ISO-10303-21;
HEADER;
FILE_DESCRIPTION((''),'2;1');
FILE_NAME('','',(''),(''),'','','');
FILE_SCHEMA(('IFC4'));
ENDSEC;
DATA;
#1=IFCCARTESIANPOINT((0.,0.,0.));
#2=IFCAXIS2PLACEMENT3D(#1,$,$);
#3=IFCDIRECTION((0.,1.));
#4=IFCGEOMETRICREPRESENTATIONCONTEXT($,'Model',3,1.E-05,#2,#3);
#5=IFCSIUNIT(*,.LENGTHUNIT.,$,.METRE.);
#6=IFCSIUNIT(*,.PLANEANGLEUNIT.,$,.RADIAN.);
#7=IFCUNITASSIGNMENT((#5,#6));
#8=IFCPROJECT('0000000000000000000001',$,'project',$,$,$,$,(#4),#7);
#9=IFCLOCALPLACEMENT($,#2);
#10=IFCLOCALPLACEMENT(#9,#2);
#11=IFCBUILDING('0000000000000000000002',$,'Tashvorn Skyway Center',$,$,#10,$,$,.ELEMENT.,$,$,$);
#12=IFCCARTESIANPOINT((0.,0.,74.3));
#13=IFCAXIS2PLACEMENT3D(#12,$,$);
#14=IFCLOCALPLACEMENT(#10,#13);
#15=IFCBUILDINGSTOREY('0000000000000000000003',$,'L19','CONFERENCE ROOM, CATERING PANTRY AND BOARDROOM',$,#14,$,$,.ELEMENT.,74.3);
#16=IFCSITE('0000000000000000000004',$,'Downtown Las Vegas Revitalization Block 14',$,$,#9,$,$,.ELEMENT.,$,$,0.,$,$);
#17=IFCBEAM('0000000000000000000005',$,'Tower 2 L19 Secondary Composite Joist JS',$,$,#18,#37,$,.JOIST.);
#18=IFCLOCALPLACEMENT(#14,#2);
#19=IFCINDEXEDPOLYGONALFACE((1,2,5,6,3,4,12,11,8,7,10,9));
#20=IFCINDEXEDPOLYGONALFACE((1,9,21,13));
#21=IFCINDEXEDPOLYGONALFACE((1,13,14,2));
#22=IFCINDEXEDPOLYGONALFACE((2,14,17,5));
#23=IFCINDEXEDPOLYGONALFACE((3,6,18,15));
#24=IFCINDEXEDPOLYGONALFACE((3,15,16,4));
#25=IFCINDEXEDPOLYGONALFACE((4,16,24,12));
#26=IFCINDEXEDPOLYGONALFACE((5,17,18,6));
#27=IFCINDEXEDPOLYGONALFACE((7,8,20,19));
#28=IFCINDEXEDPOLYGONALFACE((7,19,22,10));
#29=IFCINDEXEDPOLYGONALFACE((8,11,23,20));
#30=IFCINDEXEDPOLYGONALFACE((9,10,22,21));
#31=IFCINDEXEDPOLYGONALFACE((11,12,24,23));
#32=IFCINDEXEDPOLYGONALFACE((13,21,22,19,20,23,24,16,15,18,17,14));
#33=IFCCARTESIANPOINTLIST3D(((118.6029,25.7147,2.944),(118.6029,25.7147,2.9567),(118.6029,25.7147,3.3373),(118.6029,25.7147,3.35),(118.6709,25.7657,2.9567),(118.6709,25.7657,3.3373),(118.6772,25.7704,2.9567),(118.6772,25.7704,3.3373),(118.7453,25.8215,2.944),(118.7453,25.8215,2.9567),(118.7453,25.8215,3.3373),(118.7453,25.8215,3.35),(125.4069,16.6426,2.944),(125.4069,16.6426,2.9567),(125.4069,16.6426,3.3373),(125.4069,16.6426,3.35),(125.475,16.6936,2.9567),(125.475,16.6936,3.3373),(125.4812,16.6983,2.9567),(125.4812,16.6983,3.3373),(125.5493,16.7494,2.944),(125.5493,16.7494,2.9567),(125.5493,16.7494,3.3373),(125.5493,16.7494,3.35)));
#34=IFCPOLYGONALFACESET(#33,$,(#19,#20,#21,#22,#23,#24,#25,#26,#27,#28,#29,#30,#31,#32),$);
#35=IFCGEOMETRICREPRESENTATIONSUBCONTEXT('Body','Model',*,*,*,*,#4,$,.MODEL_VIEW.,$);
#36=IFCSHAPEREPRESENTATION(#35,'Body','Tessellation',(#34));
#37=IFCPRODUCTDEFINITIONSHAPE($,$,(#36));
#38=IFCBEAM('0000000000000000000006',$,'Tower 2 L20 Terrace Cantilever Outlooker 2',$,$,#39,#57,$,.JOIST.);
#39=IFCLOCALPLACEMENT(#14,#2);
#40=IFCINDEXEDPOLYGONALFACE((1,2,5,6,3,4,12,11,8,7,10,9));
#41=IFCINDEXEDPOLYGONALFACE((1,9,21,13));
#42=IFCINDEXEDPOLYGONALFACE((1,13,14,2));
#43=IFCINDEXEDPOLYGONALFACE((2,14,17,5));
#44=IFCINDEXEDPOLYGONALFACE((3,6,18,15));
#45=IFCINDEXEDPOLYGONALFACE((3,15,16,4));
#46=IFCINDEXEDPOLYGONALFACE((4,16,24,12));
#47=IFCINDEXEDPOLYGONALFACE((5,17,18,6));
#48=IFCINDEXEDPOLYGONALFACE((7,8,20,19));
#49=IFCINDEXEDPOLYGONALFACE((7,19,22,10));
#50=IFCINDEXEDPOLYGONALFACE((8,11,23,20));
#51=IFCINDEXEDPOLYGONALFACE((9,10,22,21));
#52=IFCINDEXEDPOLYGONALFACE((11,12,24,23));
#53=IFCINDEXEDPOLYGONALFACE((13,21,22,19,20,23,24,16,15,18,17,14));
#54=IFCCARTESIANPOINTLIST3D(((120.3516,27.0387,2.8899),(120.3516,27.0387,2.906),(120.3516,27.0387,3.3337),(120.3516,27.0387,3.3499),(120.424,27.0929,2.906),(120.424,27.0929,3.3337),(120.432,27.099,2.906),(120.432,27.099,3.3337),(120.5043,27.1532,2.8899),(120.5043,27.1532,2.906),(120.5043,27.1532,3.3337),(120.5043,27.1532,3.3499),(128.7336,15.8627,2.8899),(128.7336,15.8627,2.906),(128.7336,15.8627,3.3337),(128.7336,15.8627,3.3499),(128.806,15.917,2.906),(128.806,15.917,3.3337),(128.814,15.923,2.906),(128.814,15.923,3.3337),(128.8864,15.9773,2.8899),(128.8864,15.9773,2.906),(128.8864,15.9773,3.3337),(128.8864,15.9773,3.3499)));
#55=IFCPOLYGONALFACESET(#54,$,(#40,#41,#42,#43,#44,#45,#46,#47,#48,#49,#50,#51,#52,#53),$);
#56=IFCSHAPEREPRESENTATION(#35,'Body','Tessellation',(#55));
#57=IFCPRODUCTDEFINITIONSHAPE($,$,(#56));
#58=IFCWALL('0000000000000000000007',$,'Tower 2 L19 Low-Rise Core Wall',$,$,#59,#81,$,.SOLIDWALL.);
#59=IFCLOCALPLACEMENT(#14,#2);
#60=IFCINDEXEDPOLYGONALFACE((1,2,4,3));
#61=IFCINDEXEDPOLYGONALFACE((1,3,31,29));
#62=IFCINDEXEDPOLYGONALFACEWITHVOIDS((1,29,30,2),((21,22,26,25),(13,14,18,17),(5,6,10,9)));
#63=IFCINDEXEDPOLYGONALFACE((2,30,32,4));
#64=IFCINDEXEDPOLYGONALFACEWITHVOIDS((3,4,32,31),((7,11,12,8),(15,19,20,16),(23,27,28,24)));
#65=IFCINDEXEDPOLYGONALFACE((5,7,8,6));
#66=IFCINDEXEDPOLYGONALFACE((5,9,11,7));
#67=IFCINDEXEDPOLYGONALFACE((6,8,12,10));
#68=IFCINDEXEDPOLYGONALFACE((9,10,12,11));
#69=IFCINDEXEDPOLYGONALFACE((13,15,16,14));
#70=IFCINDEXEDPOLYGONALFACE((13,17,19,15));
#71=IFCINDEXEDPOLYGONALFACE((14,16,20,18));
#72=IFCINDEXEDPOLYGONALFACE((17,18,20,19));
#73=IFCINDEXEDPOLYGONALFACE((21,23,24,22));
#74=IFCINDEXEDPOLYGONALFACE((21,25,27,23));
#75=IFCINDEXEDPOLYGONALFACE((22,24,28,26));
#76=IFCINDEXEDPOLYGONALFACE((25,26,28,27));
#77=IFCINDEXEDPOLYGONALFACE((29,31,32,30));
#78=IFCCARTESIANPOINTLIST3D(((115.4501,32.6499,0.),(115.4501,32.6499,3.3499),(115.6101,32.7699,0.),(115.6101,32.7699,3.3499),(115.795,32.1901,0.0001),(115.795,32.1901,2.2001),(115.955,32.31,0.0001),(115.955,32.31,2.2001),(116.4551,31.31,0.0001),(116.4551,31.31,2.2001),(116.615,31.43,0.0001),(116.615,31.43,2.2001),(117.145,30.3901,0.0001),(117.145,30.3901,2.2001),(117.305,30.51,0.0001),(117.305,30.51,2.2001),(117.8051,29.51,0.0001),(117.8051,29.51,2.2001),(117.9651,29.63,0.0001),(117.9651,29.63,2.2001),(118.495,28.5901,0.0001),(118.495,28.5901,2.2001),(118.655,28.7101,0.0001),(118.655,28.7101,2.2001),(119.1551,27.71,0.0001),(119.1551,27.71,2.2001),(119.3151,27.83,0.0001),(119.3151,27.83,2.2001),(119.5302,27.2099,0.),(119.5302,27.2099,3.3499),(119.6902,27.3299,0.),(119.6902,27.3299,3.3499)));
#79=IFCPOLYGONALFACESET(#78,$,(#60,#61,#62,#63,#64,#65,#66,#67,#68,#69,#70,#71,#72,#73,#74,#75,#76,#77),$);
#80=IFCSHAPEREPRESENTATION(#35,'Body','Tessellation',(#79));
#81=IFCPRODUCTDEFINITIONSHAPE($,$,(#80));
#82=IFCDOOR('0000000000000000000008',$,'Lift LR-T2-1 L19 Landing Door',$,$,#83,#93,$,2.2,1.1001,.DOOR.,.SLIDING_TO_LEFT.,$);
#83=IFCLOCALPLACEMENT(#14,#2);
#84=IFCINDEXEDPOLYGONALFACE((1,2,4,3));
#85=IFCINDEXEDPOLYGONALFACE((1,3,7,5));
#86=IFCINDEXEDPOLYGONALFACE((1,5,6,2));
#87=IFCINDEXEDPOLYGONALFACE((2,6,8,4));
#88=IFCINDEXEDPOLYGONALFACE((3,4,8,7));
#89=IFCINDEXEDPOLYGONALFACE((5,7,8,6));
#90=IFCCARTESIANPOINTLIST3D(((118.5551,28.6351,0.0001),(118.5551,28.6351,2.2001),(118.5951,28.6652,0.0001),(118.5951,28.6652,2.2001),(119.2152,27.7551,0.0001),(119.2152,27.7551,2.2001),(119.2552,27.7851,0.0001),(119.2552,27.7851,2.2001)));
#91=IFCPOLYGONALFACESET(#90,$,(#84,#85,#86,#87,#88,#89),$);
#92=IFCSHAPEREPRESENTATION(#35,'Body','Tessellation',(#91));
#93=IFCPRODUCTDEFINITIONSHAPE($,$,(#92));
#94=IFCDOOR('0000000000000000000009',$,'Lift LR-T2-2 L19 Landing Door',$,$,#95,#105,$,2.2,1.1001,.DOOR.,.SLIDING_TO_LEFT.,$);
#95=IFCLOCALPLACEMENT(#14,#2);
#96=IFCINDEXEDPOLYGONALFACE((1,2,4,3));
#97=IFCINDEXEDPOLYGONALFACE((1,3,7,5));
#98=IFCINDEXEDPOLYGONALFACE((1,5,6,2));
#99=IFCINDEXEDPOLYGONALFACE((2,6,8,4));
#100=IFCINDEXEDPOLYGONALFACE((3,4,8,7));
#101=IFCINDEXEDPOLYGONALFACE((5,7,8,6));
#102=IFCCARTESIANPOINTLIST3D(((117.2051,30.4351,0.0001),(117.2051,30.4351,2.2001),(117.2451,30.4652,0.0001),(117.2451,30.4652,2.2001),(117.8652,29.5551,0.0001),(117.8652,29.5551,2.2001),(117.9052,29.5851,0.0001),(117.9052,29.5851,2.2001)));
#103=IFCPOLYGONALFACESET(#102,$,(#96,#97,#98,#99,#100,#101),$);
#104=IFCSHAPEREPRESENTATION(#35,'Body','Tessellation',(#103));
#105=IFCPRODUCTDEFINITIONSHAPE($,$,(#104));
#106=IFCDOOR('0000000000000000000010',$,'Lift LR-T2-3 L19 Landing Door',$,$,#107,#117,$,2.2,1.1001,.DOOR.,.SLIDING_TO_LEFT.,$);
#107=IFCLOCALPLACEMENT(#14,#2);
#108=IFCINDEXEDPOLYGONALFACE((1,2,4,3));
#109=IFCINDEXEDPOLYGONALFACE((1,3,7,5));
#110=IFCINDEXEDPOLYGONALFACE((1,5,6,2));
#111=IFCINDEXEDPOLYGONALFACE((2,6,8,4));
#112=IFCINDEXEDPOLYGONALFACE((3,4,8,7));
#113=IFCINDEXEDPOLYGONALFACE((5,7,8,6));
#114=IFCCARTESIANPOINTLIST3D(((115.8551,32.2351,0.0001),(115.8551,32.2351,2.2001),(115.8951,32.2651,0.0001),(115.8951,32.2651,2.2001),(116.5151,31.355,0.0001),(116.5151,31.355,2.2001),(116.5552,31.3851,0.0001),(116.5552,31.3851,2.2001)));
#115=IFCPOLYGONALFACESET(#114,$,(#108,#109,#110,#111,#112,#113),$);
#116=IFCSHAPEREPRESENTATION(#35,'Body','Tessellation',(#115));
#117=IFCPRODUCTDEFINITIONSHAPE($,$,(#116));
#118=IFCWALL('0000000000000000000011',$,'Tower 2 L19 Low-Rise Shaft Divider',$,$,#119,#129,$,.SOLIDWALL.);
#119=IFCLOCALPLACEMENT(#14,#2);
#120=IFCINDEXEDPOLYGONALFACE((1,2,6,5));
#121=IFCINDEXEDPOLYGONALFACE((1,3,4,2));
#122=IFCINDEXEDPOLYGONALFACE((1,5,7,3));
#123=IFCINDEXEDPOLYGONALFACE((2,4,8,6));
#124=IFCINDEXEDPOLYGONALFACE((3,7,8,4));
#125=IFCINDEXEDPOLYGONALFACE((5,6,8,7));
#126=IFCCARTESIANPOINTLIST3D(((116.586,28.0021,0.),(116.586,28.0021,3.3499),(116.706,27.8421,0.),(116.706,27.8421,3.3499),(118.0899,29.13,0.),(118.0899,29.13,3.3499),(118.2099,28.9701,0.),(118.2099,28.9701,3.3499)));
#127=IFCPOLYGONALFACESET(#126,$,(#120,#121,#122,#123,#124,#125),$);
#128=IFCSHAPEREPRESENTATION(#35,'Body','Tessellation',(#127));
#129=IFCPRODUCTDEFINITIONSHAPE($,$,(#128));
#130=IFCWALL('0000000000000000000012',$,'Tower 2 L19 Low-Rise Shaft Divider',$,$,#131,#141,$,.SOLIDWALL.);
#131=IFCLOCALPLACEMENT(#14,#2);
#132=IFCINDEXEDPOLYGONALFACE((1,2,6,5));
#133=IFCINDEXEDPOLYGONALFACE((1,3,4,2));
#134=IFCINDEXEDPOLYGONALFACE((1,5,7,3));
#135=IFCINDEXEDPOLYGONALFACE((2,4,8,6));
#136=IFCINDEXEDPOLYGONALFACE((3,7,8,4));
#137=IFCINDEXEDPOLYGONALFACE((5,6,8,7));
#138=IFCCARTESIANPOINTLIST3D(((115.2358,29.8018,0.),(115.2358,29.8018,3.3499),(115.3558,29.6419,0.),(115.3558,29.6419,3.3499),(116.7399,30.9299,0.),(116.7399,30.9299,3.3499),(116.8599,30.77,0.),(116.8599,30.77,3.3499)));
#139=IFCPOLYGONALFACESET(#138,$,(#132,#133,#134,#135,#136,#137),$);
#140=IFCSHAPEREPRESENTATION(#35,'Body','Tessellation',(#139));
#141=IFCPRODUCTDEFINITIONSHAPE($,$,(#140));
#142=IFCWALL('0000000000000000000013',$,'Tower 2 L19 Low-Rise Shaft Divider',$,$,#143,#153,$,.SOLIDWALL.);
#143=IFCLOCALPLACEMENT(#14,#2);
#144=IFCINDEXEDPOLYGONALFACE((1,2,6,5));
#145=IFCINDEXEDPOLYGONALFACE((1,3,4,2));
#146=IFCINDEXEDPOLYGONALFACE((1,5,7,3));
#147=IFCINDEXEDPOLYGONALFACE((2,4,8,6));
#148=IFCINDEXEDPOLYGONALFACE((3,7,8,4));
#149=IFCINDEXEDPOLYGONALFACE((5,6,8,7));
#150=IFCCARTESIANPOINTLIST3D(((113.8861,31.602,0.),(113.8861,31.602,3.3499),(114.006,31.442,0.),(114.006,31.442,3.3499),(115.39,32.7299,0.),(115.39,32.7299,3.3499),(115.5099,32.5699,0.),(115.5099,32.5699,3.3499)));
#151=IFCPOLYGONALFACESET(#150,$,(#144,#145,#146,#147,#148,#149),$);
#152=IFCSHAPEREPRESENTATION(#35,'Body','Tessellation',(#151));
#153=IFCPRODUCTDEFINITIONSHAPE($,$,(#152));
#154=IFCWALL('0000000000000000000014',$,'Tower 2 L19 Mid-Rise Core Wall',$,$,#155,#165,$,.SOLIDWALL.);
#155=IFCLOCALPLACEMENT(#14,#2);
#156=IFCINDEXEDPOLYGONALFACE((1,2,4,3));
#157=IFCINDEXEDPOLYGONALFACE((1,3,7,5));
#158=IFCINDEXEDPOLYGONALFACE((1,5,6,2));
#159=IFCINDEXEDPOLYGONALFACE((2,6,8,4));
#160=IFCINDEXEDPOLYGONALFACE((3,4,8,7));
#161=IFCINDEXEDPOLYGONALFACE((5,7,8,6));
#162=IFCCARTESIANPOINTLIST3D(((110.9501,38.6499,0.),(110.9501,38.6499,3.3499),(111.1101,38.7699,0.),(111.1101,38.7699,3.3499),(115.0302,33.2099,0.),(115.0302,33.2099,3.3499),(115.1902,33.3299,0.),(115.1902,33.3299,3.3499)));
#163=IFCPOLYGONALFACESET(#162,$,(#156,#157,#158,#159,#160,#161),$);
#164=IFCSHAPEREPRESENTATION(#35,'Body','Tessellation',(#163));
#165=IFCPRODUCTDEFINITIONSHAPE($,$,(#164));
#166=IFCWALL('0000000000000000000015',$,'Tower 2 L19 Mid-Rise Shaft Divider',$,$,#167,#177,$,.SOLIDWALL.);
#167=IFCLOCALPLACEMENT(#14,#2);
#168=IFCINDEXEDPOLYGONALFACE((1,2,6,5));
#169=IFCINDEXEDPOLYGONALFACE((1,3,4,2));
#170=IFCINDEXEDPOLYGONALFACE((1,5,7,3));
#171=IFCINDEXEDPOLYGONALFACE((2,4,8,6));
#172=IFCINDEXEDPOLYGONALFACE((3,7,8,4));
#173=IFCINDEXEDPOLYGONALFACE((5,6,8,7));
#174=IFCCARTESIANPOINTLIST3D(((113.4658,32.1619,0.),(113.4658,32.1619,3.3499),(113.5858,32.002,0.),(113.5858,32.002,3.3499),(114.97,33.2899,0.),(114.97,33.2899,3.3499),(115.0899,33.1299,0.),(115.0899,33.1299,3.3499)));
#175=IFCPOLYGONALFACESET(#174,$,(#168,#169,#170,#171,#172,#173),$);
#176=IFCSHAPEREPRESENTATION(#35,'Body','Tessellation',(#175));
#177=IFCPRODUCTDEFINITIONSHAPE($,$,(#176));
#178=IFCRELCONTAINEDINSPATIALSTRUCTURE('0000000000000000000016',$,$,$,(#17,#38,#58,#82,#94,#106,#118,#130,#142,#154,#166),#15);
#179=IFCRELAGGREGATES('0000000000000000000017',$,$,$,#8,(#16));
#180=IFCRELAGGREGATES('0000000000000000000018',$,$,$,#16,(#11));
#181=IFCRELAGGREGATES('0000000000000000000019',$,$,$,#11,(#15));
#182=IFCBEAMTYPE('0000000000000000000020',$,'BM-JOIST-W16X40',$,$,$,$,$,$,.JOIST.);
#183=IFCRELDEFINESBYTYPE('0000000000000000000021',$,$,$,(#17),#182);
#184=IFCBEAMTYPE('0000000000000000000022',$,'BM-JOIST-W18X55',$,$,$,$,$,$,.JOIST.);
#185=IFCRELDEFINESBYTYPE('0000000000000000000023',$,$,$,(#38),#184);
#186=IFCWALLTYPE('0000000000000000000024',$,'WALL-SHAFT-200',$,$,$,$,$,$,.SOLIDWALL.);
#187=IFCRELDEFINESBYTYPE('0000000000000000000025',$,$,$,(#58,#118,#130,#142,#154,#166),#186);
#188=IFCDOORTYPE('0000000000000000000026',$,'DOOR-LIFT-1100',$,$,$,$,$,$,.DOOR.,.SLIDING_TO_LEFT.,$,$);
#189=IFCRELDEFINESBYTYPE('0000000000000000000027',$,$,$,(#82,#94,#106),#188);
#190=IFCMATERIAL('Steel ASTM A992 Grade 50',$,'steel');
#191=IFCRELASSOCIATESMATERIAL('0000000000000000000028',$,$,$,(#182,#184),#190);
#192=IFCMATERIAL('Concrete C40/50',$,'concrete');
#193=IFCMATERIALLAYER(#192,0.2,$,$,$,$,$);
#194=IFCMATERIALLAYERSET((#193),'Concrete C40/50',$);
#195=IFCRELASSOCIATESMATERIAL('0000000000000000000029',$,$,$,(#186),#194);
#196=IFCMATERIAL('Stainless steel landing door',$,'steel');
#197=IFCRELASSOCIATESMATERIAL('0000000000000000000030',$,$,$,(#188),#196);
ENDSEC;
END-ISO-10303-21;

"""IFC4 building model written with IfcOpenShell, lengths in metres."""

from ifc_helpers import new_model, si_unit, direction, frame, frame_2d, origin, origin_2d, place, context, subcontext, project, spatial, rectangle, i_section, extrude, material, layer, layer_set, material_profile, profile_set, type_object, element, fill, save


model = new_model("IFC4")

# Units and contexts
model_context = context("Model", 3, precision=1e-05, world=origin(), true_north=direction((0.0, 1.0)))
body_context = subcontext(model_context, "Body", "Model", "MODEL_VIEW")
ifc_project = project(units=[si_unit("LENGTHUNIT", "METRE"), si_unit("PLANEANGLEUNIT", "RADIAN")], contexts=[model_context])

# Site, building, storey
site_placement = place(None, origin())
site = spatial("IfcSite", under=ifc_project, at=site_placement, Name="Downtown Las Vegas Revitalization Block 14", CompositionType="ELEMENT", RefElevation=0.0)
building_placement = place(site_placement, origin())
building = spatial("IfcBuilding", under=site, at=building_placement, Name="Tashvorn Skyway Center", CompositionType="ELEMENT")
storey_placement = place(building_placement, frame((0.0, 0.0, 74.3)))
storey = spatial("IfcBuildingStorey", under=building, at=storey_placement, Name="L19", Description="CONFERENCE ROOM, CATERING PANTRY AND BOARDROOM", CompositionType="ELEMENT", Elevation=74.3)

# Beams
ifc_material_1 = material(Name="Steel ASTM A992 Grade 50", Category="steel")
ifc_material_profile_1 = material_profile(ifc_material_1, i_section(OverallWidth=0.178, OverallDepth=0.406, WebThickness=0.0078, FlangeThickness=0.0127, at=origin_2d()), Name="W16X40")
ifc_profile_set_1 = profile_set([ifc_material_profile_1], Name="Steel ASTM A992 Grade 50")
beam_type_1 = type_object("IfcBeamType", Name="BM-JOIST-W16X40", PredefinedType="JOIST", material=ifc_profile_set_1)
beam_1_placement = place(storey_placement, frame((118.6741, 25.7681, 3.147), z_axis=(0.599997, -0.800003, 0.0), x_axis=(0.800003, 0.599997, 0.0)))
element("IfcBeam", 1, at=beam_1_placement, inside=storey, type_object=beam_type_1, Name="Tower 2 L19 Secondary Composite Joist JS", PredefinedType="JOIST", context=body_context, shape_type="SweptSolid", body=[
    extrude(i_section(OverallWidth=0.178, OverallDepth=0.406, WebThickness=0.0078, FlangeThickness=0.0127, at=origin_2d()), origin(), (0.0, 0.0, 1.0), 11.3401),
])
ifc_material_profile_2 = material_profile(ifc_material_1, i_section(OverallWidth=0.1909, OverallDepth=0.46, WebThickness=0.01, FlangeThickness=0.0161, at=origin_2d()), Name="W18X55")
ifc_profile_set_2 = profile_set([ifc_material_profile_2], Name="Steel ASTM A992 Grade 50")
beam_type_2 = type_object("IfcBeamType", Name="BM-JOIST-W18X55", PredefinedType="JOIST", material=ifc_profile_set_2)
beam_2_placement = place(storey_placement, frame((120.428, 27.0959, 3.1199), z_axis=(0.600003, -0.799998, 0.0), x_axis=(0.799998, 0.600003, 0.0)))
element("IfcBeam", 2, at=beam_2_placement, inside=storey, type_object=beam_type_2, Name="Tower 2 L20 Terrace Cantilever Outlooker 2", PredefinedType="JOIST", context=body_context, shape_type="SweptSolid", body=[
    extrude(i_section(OverallWidth=0.1909, OverallDepth=0.46, WebThickness=0.01, FlangeThickness=0.0161, at=origin_2d()), origin(), (0.0, 0.0, 1.0), 13.97),
])

# Wall, openings, doors
ifc_material_2 = material(Name="Concrete C40/50", Category="concrete")
ifc_layer_1 = layer(ifc_material_2, 0.2)
ifc_layer_set_1 = layer_set([ifc_layer_1], Name="Concrete C40/50")
wall_type_1 = type_object("IfcWallType", Name="WALL-SHAFT-200", PredefinedType="SOLIDWALL", material=ifc_layer_set_1)
wall_1_placement = place(storey_placement, frame((119.6101, 27.27, 0.0), z_axis=(0.0, 0.0, 1.0), x_axis=(-0.600011, 0.799991, 0.0)))
wall_1 = element("IfcWall", 3, at=wall_1_placement, inside=storey, type_object=wall_type_1, Name="Tower 2 L19 Low-Rise Core Wall", PredefinedType="SOLIDWALL", context=body_context, shape_type="SweptSolid", body=[
    extrude(rectangle(XDim=6.8, YDim=0.2, at=frame_2d((3.3999, 0.0))), origin(), (0.0, 0.0, 1.0), 3.3499),
])
opening_1_placement = place(wall_1_placement, frame((0.625, 0.0, 0.0)))
opening_1 = element("IfcOpeningElement", 4, at=opening_1_placement, cuts=wall_1, PredefinedType="OPENING", context=body_context, shape_type="SweptSolid", body=[
    extrude(rectangle(XDim=1.1001, YDim=2.2, at=frame_2d((0.55, 1.1001))), frame((0.0, 0.1099, 0.0), z_axis=(0.0, -1.0, 0.0), x_axis=(1.0, 0.0, 0.0)), (0.0, 0.0, 1.0), 0.22),
])
opening_2_placement = place(wall_1_placement, frame((2.875, 0.0, 0.0)))
opening_2 = element("IfcOpeningElement", 5, at=opening_2_placement, cuts=wall_1, PredefinedType="OPENING", context=body_context, shape_type="SweptSolid", body=[
    extrude(rectangle(XDim=1.1001, YDim=2.2, at=frame_2d((0.55, 1.1001))), frame((0.0, 0.1099, 0.0), z_axis=(0.0, -1.0, 0.0), x_axis=(1.0, 0.0, 0.0)), (0.0, 0.0, 1.0), 0.22),
])
opening_3_placement = place(wall_1_placement, frame((5.125, 0.0, 0.0)))
opening_3 = element("IfcOpeningElement", 6, at=opening_3_placement, cuts=wall_1, PredefinedType="OPENING", context=body_context, shape_type="SweptSolid", body=[
    extrude(rectangle(XDim=1.1001, YDim=2.2, at=frame_2d((0.55, 1.1001))), frame((0.0, 0.1099, 0.0), z_axis=(0.0, -1.0, 0.0), x_axis=(1.0, 0.0, 0.0)), (0.0, 0.0, 1.0), 0.22),
])
ifc_material_3 = material(Name="Stainless steel landing door", Category="steel")
door_type = type_object("IfcDoorType", Name="DOOR-LIFT-1100", OperationType="SLIDING_TO_LEFT", PredefinedType="DOOR", material=ifc_material_3)
door_1_placement = place(opening_1_placement, origin())
door_1 = element("IfcDoor", 7, at=door_1_placement, inside=storey, type_object=door_type, Name="Lift LR-T2-1 L19 Landing Door", OperationType="SLIDING_TO_LEFT", OverallHeight=2.2, OverallWidth=1.1001, PredefinedType="DOOR", context=body_context, shape_type="SweptSolid", body=[
    extrude(rectangle(XDim=1.1001, YDim=2.2, at=frame_2d((0.55, 1.1001))), frame((0.0, 0.0249, 0.0), z_axis=(0.0, -1.0, 0.0), x_axis=(1.0, 0.0, 0.0)), (0.0, 0.0, 1.0), 0.05),
])
fill(opening_1, door_1)
door_2_placement = place(opening_2_placement, origin())
door_2 = element("IfcDoor", 8, at=door_2_placement, inside=storey, type_object=door_type, Name="Lift LR-T2-2 L19 Landing Door", OperationType="SLIDING_TO_LEFT", OverallHeight=2.2, OverallWidth=1.1001, PredefinedType="DOOR", context=body_context, shape_type="SweptSolid", body=[
    extrude(rectangle(XDim=1.1001, YDim=2.2, at=frame_2d((0.55, 1.1001))), frame((0.0, 0.0249, 0.0), z_axis=(0.0, -1.0, 0.0), x_axis=(1.0, 0.0, 0.0)), (0.0, 0.0, 1.0), 0.05),
])
fill(opening_2, door_2)
door_3_placement = place(opening_3_placement, origin())
door_3 = element("IfcDoor", 9, at=door_3_placement, inside=storey, type_object=door_type, Name="Lift LR-T2-3 L19 Landing Door", OperationType="SLIDING_TO_LEFT", OverallHeight=2.2, OverallWidth=1.1001, PredefinedType="DOOR", context=body_context, shape_type="SweptSolid", body=[
    extrude(rectangle(XDim=1.1001, YDim=2.2, at=frame_2d((0.55, 1.1001))), frame((0.0, 0.0249, 0.0), z_axis=(0.0, -1.0, 0.0), x_axis=(1.0, 0.0, 0.0)), (0.0, 0.0, 1.0), 0.05),
])
fill(opening_3, door_3)

# Walls
wall_2_placement = place(storey_placement, frame((116.646, 27.9221, 0.0), z_axis=(0.0, 0.0, 1.0), x_axis=(0.8, 0.6, 0.0)))
element("IfcWall", 10, at=wall_2_placement, inside=storey, type_object=wall_type_1, Name="Tower 2 L19 Low-Rise Shaft Divider", PredefinedType="SOLIDWALL", context=body_context, shape_type="SweptSolid", body=[
    extrude(rectangle(XDim=1.8799, YDim=0.2, at=frame_2d((0.9399, 0.0))), origin(), (0.0, 0.0, 1.0), 3.3499),
])
wall_3_placement = place(storey_placement, frame((115.2959, 29.7219, 0.0), z_axis=(0.0, 0.0, 1.0), x_axis=(0.799984, 0.600021, 0.0)))
element("IfcWall", 11, at=wall_3_placement, inside=storey, type_object=wall_type_1, Name="Tower 2 L19 Low-Rise Shaft Divider", PredefinedType="SOLIDWALL", context=body_context, shape_type="SweptSolid", body=[
    extrude(rectangle(XDim=1.8801, YDim=0.2, at=frame_2d((0.9399, 0.0))), origin(), (0.0, 0.0, 1.0), 3.3499),
])
wall_4_placement = place(storey_placement, frame((113.946, 31.522, 0.0), z_axis=(0.0, 0.0, 1.0), x_axis=(0.8, 0.6, 0.0)))
element("IfcWall", 12, at=wall_4_placement, inside=storey, type_object=wall_type_1, Name="Tower 2 L19 Low-Rise Shaft Divider", PredefinedType="SOLIDWALL", context=body_context, shape_type="SweptSolid", body=[
    extrude(rectangle(XDim=1.8799, YDim=0.2, at=frame_2d((0.9399, 0.0))), origin(), (0.0, 0.0, 1.0), 3.3499),
])
wall_5_placement = place(storey_placement, frame((115.1101, 33.27, 0.0), z_axis=(0.0, 0.0, 1.0), x_axis=(-0.600011, 0.799991, 0.0)))
element("IfcWall", 13, at=wall_5_placement, inside=storey, type_object=wall_type_1, Name="Tower 2 L19 Mid-Rise Core Wall", PredefinedType="SOLIDWALL", context=body_context, shape_type="SweptSolid", body=[
    extrude(rectangle(XDim=6.8, YDim=0.2, at=frame_2d((3.3999, 0.0))), origin(), (0.0, 0.0, 1.0), 3.3499),
])
wall_6_placement = place(storey_placement, frame((113.5259, 32.082, 0.0), z_axis=(0.0, 0.0, 1.0), x_axis=(0.800047, 0.599938, 0.0)))
element("IfcWall", 14, at=wall_6_placement, inside=storey, type_object=wall_type_1, Name="Tower 2 L19 Mid-Rise Shaft Divider", PredefinedType="SOLIDWALL", context=body_context, shape_type="SweptSolid", body=[
    extrude(rectangle(XDim=1.8801, YDim=0.2, at=frame_2d((0.9399, 0.0))), origin(), (0.0, 0.0, 1.0), 3.3499),
])

save(model, "model.ifc")
